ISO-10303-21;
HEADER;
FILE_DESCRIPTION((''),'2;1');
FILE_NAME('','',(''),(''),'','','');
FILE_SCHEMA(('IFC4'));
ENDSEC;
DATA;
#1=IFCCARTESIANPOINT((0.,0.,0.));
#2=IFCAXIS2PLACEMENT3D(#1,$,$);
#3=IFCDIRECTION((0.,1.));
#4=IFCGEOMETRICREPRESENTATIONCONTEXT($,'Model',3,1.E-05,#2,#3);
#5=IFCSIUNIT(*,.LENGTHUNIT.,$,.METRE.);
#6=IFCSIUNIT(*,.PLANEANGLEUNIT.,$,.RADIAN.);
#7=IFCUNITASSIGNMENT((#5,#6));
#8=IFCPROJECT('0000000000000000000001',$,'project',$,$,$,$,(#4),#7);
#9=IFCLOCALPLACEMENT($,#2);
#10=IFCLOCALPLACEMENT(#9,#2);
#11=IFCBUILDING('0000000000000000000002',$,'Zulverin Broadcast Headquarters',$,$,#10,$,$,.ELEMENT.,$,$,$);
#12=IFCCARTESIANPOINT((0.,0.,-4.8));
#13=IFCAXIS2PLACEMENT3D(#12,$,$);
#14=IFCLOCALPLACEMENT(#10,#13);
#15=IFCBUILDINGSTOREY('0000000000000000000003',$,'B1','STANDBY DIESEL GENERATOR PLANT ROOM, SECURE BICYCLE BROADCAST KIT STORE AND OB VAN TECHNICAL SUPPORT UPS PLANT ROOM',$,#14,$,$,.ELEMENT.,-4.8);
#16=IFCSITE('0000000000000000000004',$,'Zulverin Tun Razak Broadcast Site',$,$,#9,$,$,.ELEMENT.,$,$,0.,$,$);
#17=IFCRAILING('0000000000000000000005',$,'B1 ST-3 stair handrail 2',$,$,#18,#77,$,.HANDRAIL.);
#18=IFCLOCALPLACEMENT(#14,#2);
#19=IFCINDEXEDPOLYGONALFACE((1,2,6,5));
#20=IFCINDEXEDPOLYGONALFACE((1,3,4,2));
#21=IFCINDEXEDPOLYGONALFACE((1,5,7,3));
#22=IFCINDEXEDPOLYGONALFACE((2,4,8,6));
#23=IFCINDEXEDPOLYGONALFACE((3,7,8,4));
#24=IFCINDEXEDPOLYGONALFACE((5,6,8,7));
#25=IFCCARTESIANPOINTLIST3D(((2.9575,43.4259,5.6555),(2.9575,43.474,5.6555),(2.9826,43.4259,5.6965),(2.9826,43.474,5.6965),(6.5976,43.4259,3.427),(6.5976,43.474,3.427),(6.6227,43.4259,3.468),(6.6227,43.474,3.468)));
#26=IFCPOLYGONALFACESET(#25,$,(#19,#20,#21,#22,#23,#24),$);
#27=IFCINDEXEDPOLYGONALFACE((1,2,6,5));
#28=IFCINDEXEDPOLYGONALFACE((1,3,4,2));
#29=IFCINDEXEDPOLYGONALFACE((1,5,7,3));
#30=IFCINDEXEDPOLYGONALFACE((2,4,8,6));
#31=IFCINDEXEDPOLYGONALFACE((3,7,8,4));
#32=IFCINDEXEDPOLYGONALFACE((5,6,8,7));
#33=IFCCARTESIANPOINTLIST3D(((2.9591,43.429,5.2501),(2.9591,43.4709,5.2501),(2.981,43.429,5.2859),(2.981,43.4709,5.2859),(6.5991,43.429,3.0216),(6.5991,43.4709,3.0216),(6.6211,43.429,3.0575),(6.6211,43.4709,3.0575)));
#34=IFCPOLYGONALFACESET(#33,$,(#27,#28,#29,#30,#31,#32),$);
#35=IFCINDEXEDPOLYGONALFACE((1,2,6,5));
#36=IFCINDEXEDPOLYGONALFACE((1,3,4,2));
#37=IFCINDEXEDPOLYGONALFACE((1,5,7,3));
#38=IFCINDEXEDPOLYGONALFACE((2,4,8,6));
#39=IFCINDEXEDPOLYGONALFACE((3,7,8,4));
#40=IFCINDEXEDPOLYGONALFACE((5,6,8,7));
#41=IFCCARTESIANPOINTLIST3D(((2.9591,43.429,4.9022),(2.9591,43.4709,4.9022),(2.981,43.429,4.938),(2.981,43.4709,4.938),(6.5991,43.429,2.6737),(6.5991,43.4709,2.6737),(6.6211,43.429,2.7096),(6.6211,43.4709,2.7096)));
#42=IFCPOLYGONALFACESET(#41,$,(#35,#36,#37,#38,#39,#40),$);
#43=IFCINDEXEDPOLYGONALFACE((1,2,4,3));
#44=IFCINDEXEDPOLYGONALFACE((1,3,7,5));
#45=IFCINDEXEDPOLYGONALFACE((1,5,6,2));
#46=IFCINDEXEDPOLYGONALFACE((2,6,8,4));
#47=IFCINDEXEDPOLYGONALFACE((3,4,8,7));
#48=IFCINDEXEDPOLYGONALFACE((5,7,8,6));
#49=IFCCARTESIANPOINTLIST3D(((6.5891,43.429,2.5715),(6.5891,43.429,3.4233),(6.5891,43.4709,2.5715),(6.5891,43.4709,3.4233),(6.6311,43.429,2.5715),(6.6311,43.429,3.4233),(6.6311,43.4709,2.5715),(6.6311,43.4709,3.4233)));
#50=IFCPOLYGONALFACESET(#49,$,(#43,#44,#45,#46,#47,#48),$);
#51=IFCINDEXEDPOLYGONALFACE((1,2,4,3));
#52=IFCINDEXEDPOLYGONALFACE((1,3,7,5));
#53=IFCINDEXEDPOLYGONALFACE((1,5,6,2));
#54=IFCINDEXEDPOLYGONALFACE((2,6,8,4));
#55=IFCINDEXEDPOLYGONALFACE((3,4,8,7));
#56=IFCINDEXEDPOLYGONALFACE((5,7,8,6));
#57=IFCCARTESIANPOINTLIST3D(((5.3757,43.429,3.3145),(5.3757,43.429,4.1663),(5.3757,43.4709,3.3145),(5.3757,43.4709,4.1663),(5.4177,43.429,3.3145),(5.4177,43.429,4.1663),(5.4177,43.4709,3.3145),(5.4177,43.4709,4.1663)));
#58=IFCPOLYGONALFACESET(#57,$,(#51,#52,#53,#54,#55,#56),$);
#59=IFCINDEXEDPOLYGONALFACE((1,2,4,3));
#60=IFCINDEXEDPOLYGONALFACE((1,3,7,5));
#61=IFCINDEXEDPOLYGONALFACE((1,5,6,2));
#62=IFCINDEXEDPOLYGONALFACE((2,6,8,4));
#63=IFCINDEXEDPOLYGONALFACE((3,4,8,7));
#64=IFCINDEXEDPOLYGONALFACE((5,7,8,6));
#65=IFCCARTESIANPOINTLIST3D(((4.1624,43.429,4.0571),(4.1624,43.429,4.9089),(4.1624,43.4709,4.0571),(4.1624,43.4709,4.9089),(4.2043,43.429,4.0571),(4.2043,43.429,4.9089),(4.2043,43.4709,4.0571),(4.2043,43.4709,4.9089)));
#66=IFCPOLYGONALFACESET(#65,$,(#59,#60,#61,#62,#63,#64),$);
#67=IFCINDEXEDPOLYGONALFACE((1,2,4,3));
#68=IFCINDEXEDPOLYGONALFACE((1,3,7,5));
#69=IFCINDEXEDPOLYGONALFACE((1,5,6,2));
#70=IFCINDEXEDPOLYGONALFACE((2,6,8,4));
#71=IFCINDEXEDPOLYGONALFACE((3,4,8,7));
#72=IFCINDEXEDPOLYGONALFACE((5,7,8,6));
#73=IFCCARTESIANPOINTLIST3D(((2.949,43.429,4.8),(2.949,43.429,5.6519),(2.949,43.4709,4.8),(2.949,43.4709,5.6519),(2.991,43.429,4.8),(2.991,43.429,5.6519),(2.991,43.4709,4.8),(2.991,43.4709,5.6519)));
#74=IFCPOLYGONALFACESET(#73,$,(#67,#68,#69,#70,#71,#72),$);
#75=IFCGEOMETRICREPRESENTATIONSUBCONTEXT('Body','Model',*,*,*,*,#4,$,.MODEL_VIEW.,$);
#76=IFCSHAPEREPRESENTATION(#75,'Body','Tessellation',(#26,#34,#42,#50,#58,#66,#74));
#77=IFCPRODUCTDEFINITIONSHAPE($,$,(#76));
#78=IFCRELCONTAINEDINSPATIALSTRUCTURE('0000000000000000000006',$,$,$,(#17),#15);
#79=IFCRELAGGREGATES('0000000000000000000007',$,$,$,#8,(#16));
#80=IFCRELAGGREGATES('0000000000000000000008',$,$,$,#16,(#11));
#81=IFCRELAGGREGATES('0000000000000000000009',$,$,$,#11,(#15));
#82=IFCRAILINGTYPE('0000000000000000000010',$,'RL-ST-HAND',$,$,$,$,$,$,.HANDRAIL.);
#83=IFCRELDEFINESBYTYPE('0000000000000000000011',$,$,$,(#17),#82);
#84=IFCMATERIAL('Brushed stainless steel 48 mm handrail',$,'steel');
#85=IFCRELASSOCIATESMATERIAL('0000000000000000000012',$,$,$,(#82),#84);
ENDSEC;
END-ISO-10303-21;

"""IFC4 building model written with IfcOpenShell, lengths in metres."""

from ifc_helpers import new_model, si_unit, direction, frame, origin, origin_2d, place, context, subcontext, project, spatial, rectangle, extrude, material, type_object, element, save


model = new_model("IFC4")

# Units and contexts
model_context = context("Model", 3, precision=1e-05, world=origin(), true_north=direction((0.0, 1.0)))
body_context = subcontext(model_context, "Body", "Model", "MODEL_VIEW")
ifc_project = project(units=[si_unit("LENGTHUNIT", "METRE"), si_unit("PLANEANGLEUNIT", "RADIAN")], contexts=[model_context])

# Site, building, storey
site_placement = place(None, origin())
site = spatial("IfcSite", under=ifc_project, at=site_placement, Name="Zulverin Tun Razak Broadcast Site", CompositionType="ELEMENT", RefElevation=0.0)
building_placement = place(site_placement, origin())
building = spatial("IfcBuilding", under=site, at=building_placement, Name="Zulverin Broadcast Headquarters", CompositionType="ELEMENT")
storey_placement = place(building_placement, frame((0.0, 0.0, -4.8)))
storey = spatial("IfcBuildingStorey", under=building, at=storey_placement, Name="B1", Description="STANDBY DIESEL GENERATOR PLANT ROOM, SECURE BICYCLE BROADCAST KIT STORE AND OB VAN TECHNICAL SUPPORT UPS PLANT ROOM", CompositionType="ELEMENT", Elevation=-4.8)

# Railing
ifc_material_1 = material(Name="Brushed stainless steel 48 mm handrail", Category="steel")
railing_type_1 = type_object("IfcRailingType", Name="RL-ST-HAND", PredefinedType="HANDRAIL", material=ifc_material_1)
railing_1_placement = place(storey_placement, frame((6.6101, 43.45, 2.5715)))
element("IfcRailing", 1, at=railing_1_placement, inside=storey, type_object=railing_type_1, Name="B1 ST-3 stair handrail 2", PredefinedType="HANDRAIL", context=body_context, shape_type="SweptSolid", body=[
    extrude(rectangle(XDim=0.0481, YDim=0.0481, at=origin_2d()), frame((0.0, 0.0, 0.876), z_axis=(-0.852866, 0.0, 0.52213), x_axis=(0.0, -1.0, 0.0)), (0.0, 0.0, 1.0), 4.2681),
    extrude(rectangle(XDim=0.042, YDim=0.042, at=origin_2d()), frame((0.0, 0.0, 0.468), z_axis=(-0.852866, 0.0, 0.52213), x_axis=(0.0, -1.0, 0.0)), (0.0, 0.0, 1.0), 4.2681),
    extrude(rectangle(XDim=0.042, YDim=0.042, at=origin_2d()), frame((0.0, 0.0, 0.1201), z_axis=(-0.852866, 0.0, 0.52213), x_axis=(0.0, -1.0, 0.0)), (0.0, 0.0, 1.0), 4.2681),
    extrude(rectangle(XDim=0.042, YDim=0.042, at=origin_2d()), origin(), (0.0, 0.0, 1.0), 0.8518),
    extrude(rectangle(XDim=0.042, YDim=0.042, at=origin_2d()), frame((-1.2134, 0.0, 0.7429)), (0.0, 0.0, 1.0), 0.8518),
    extrude(rectangle(XDim=0.042, YDim=0.042, at=origin_2d()), frame((-2.4268, 0.0, 1.4856)), (0.0, 0.0, 1.0), 0.8518),
    extrude(rectangle(XDim=0.042, YDim=0.042, at=origin_2d()), frame((-3.6401, 0.0, 2.2285)), (0.0, 0.0, 1.0), 0.8518),
])

save(model, "model.ifc")
